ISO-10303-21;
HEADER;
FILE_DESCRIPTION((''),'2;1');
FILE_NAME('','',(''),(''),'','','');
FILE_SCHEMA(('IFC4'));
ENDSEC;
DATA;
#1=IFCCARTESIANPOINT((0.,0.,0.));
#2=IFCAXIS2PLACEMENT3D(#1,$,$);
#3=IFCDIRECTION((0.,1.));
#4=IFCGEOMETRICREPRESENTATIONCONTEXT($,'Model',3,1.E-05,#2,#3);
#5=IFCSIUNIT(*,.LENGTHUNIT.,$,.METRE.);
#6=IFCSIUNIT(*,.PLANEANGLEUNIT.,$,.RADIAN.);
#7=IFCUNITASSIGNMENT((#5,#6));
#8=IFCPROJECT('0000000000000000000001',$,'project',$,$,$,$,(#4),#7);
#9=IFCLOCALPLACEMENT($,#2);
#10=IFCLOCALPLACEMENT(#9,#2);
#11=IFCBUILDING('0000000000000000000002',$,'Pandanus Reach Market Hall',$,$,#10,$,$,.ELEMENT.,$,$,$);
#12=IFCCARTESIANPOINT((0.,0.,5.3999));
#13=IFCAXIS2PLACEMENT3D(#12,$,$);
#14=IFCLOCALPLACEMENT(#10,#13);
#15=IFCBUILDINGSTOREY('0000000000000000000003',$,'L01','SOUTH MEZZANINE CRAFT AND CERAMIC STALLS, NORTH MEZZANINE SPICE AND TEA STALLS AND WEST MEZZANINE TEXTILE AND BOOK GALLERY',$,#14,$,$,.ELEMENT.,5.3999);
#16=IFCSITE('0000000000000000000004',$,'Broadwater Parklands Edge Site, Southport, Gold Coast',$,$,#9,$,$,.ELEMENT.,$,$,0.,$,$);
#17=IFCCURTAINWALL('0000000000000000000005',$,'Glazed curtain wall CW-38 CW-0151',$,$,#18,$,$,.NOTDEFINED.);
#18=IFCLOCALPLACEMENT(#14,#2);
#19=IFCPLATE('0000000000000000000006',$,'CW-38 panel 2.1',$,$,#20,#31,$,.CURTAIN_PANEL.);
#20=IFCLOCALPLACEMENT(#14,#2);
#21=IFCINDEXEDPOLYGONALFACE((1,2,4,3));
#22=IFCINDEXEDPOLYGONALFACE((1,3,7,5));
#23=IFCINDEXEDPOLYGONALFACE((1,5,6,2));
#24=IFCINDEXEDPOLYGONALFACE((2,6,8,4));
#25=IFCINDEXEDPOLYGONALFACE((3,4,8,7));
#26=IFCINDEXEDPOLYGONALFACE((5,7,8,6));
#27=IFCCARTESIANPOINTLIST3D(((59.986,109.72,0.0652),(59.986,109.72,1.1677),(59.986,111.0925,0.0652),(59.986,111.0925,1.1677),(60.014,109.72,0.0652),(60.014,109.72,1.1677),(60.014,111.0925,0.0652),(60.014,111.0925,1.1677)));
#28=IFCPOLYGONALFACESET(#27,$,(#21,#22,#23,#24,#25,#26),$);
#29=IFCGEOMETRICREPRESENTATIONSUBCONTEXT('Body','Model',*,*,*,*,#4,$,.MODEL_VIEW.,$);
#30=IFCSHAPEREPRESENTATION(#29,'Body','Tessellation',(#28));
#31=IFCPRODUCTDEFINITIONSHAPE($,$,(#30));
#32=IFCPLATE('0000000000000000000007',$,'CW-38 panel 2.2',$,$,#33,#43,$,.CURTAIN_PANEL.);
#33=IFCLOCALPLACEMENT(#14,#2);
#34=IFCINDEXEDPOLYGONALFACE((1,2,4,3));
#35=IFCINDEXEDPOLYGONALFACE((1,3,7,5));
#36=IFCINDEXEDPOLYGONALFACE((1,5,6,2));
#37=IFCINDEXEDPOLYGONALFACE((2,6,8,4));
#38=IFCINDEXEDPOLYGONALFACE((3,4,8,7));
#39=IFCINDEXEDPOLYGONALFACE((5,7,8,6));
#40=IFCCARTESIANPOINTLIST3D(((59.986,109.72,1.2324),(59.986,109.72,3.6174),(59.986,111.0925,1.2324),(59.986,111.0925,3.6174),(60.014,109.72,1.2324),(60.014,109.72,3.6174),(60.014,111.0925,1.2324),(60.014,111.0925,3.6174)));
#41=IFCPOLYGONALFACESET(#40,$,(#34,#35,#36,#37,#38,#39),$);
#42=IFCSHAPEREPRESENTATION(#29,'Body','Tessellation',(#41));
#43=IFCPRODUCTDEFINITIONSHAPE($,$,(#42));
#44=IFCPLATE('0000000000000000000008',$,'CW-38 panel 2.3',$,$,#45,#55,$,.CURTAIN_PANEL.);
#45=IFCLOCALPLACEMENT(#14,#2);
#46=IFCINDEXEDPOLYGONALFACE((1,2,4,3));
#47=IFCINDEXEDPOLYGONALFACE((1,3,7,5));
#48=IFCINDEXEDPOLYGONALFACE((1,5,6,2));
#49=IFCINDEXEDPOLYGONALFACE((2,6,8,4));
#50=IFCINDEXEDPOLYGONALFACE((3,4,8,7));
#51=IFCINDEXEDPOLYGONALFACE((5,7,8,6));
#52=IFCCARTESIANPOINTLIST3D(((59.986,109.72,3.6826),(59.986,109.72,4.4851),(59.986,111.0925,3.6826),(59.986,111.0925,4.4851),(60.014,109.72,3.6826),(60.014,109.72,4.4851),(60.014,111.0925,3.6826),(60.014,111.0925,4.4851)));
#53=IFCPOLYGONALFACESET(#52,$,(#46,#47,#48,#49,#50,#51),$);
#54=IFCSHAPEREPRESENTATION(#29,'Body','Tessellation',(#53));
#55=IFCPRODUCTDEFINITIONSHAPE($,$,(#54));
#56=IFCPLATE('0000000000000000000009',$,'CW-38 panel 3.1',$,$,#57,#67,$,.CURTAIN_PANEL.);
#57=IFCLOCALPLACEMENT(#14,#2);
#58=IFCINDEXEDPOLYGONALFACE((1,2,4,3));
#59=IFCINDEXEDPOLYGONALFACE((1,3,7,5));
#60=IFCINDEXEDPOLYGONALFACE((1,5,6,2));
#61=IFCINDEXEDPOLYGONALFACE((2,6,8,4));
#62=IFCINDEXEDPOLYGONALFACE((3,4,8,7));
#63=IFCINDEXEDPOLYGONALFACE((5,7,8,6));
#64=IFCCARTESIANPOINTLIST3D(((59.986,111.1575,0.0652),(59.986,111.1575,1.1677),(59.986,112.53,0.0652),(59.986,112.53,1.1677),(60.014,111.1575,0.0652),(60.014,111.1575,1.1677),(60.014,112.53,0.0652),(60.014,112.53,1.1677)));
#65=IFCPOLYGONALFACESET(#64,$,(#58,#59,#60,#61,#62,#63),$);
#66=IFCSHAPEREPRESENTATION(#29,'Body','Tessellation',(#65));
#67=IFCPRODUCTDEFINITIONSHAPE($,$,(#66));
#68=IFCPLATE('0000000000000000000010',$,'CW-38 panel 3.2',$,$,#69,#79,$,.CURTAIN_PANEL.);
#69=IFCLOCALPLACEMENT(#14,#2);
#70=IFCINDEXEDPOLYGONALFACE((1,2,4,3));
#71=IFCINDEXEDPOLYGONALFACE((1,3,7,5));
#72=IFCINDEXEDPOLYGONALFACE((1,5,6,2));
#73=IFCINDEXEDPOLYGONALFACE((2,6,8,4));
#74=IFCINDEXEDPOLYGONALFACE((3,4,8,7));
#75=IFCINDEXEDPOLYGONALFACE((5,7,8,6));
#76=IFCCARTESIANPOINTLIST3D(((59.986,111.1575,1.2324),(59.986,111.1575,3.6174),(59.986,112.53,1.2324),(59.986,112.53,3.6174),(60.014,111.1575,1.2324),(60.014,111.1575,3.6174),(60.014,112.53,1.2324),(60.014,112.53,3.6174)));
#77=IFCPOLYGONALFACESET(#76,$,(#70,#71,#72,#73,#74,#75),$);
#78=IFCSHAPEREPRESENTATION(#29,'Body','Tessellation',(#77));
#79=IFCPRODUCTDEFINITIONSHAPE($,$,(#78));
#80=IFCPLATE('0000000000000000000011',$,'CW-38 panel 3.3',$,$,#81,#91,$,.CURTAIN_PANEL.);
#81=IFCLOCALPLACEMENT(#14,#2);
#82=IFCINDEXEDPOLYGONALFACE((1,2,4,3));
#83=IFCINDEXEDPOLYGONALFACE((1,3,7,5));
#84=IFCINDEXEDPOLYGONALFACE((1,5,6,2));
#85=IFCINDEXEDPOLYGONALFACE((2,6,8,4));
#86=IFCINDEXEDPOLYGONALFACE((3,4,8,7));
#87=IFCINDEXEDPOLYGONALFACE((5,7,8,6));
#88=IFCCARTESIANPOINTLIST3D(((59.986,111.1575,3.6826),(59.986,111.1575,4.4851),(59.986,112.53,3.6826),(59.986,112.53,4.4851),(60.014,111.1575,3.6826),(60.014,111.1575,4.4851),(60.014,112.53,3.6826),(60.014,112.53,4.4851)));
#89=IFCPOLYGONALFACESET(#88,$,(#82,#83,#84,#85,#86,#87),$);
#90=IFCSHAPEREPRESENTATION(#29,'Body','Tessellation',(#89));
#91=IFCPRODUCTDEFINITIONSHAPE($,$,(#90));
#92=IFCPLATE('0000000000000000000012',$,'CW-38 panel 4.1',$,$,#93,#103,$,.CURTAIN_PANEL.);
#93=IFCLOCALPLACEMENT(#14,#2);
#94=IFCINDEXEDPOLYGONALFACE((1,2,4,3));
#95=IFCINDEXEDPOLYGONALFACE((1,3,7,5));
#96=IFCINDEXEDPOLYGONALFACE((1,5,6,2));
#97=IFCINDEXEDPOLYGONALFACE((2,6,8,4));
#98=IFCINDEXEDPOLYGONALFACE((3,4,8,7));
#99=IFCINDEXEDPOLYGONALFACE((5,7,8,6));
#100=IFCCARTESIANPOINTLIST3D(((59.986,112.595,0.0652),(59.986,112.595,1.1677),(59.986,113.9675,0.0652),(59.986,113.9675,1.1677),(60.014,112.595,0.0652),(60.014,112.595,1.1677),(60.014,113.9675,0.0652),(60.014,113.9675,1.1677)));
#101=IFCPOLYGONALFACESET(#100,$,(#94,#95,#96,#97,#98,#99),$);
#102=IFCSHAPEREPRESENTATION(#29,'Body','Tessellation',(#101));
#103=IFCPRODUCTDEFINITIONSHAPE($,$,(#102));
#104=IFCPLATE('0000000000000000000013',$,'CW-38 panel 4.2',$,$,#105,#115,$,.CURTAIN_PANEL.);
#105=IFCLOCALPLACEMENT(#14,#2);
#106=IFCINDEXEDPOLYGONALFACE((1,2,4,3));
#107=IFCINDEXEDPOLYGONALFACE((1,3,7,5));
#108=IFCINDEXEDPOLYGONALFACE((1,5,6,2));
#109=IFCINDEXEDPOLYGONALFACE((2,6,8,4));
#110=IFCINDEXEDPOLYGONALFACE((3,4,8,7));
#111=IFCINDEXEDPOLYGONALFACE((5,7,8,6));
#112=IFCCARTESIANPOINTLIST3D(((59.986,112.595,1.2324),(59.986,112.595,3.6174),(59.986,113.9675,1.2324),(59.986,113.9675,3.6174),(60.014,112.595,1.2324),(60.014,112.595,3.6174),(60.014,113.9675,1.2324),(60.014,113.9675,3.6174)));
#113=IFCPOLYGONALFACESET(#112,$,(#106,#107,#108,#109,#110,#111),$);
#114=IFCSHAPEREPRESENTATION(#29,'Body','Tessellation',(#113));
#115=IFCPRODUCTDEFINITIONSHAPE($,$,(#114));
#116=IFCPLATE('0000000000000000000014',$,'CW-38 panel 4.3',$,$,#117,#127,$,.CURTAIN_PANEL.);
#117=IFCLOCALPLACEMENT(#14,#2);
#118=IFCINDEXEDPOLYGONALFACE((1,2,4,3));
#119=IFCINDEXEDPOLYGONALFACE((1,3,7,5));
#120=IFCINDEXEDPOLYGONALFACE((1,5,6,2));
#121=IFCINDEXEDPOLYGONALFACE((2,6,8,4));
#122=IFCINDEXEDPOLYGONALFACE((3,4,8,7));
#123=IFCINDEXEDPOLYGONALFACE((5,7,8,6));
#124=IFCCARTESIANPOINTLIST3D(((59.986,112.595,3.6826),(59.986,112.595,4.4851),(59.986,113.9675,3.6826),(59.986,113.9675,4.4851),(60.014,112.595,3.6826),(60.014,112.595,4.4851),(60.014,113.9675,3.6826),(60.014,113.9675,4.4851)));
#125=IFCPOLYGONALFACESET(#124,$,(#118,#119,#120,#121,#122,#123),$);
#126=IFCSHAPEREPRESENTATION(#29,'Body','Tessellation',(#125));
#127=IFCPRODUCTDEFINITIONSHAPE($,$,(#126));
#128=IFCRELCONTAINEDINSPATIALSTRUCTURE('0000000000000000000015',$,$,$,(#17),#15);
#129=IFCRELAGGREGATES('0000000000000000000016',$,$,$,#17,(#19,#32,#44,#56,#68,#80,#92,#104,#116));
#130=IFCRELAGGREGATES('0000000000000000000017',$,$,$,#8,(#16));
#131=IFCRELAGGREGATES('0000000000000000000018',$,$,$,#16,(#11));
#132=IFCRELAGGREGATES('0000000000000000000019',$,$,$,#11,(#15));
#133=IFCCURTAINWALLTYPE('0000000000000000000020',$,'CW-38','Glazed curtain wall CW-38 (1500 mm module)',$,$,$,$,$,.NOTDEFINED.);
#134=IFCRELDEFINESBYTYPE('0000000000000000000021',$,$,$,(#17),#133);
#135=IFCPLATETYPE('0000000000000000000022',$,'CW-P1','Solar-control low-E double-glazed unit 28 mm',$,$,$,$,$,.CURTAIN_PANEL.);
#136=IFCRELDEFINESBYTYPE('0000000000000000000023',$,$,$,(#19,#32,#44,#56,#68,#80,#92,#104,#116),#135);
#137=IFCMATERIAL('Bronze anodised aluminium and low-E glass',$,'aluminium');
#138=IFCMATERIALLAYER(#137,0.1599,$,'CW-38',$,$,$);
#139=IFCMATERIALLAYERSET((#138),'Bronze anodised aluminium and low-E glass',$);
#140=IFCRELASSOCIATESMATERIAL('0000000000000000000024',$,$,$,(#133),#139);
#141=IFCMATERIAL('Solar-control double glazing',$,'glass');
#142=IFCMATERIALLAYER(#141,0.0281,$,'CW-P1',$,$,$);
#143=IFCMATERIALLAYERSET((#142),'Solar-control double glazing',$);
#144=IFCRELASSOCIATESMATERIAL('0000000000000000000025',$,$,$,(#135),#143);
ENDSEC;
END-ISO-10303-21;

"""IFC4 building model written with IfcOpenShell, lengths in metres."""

from ifc_helpers import new_model, si_unit, direction, frame, origin, origin_2d, place, context, subcontext, project, spatial, rectangle, extrude, material, layer, layer_set, type_object, element, aggregate, save


model = new_model("IFC4")

# Units and contexts
model_context = context("Model", 3, precision=1e-05, world=origin(), true_north=direction((0.0, 1.0)))
body_context = subcontext(model_context, "Body", "Model", "MODEL_VIEW")
ifc_project = project(units=[si_unit("LENGTHUNIT", "METRE"), si_unit("PLANEANGLEUNIT", "RADIAN")], contexts=[model_context])

# Site, building, storey
site_placement = place(None, origin())
site = spatial("IfcSite", under=ifc_project, at=site_placement, Name="Broadwater Parklands Edge Site, Southport, Gold Coast", CompositionType="ELEMENT", RefElevation=0.0)
building_placement = place(site_placement, origin())
building = spatial("IfcBuilding", under=site, at=building_placement, Name="Pandanus Reach Market Hall", CompositionType="ELEMENT")
storey_placement = place(building_placement, frame((0.0, 0.0, 5.3999)))
storey = spatial("IfcBuildingStorey", under=building, at=storey_placement, Name="L01", Description="SOUTH MEZZANINE CRAFT AND CERAMIC STALLS, NORTH MEZZANINE SPICE AND TEA STALLS AND WEST MEZZANINE TEXTILE AND BOOK GALLERY", CompositionType="ELEMENT", Elevation=5.3999)

# Curtain wall, plates
ifc_material_1 = material(Name="Bronze anodised aluminium and low-E glass", Category="aluminium")
ifc_layer_1 = layer(ifc_material_1, 0.1599, Name="CW-38")
ifc_layer_set_1 = layer_set([ifc_layer_1], Name="Bronze anodised aluminium and low-E glass")
curtain_wall_type = type_object("IfcCurtainWallType", Name="CW-38", Description="Glazed curtain wall CW-38 (1500 mm module)", PredefinedType="NOTDEFINED", material=ifc_layer_set_1)
curtain_wall_placement = place(storey_placement, origin())
curtain_wall = element("IfcCurtainWall", 1, at=curtain_wall_placement, inside=storey, type_object=curtain_wall_type, Name="Glazed curtain wall CW-38 CW-0151", PredefinedType="NOTDEFINED")
ifc_material_2 = material(Name="Solar-control double glazing", Category="glass")
ifc_layer_2 = layer(ifc_material_2, 0.0281, Name="CW-P1")
ifc_layer_set_2 = layer_set([ifc_layer_2], Name="Solar-control double glazing")
plate_type = type_object("IfcPlateType", Name="CW-P1", Description="Solar-control low-E double-glazed unit 28 mm", PredefinedType="CURTAIN_PANEL", material=ifc_layer_set_2)
plate_1_placement = place(storey_placement, frame((60.0, 110.4062, 0.0652), z_axis=(0.0, 0.0, 1.0), x_axis=(0.0, 1.0, 0.0)))
plate_1 = element("IfcPlate", 2, at=plate_1_placement, type_object=plate_type, Name="CW-38 panel 2.1", PredefinedType="CURTAIN_PANEL", context=body_context, shape_type="SweptSolid", body=[
    extrude(rectangle(XDim=1.3726, YDim=0.0281, at=origin_2d()), origin(), (0.0, 0.0, 1.0), 1.1025),
])
plate_2_placement = place(storey_placement, frame((60.0, 110.4062, 1.2324), z_axis=(0.0, 0.0, 1.0), x_axis=(0.0, 1.0, 0.0)))
plate_2 = element("IfcPlate", 3, at=plate_2_placement, type_object=plate_type, Name="CW-38 panel 2.2", PredefinedType="CURTAIN_PANEL", context=body_context, shape_type="SweptSolid", body=[
    extrude(rectangle(XDim=1.3726, YDim=0.0281, at=origin_2d()), origin(), (0.0, 0.0, 1.0), 2.385),
])
plate_3_placement = place(storey_placement, frame((60.0, 110.4062, 3.6826), z_axis=(0.0, 0.0, 1.0), x_axis=(0.0, 1.0, 0.0)))
plate_3 = element("IfcPlate", 4, at=plate_3_placement, type_object=plate_type, Name="CW-38 panel 2.3", PredefinedType="CURTAIN_PANEL", context=body_context, shape_type="SweptSolid", body=[
    extrude(rectangle(XDim=1.3726, YDim=0.0281, at=origin_2d()), origin(), (0.0, 0.0, 1.0), 0.8025),
])
plate_4_placement = place(storey_placement, frame((60.0, 111.8438, 0.0652), z_axis=(0.0, 0.0, 1.0), x_axis=(0.0, 1.0, 0.0)))
plate_4 = element("IfcPlate", 5, at=plate_4_placement, type_object=plate_type, Name="CW-38 panel 3.1", PredefinedType="CURTAIN_PANEL", context=body_context, shape_type="SweptSolid", body=[
    extrude(rectangle(XDim=1.3726, YDim=0.0281, at=origin_2d()), origin(), (0.0, 0.0, 1.0), 1.1025),
])
plate_5_placement = place(storey_placement, frame((60.0, 111.8438, 1.2324), z_axis=(0.0, 0.0, 1.0), x_axis=(0.0, 1.0, 0.0)))
plate_5 = element("IfcPlate", 6, at=plate_5_placement, type_object=plate_type, Name="CW-38 panel 3.2", PredefinedType="CURTAIN_PANEL", context=body_context, shape_type="SweptSolid", body=[
    extrude(rectangle(XDim=1.3726, YDim=0.0281, at=origin_2d()), origin(), (0.0, 0.0, 1.0), 2.385),
])
plate_6_placement = place(storey_placement, frame((60.0, 111.8438, 3.6826), z_axis=(0.0, 0.0, 1.0), x_axis=(0.0, 1.0, 0.0)))
plate_6 = element("IfcPlate", 7, at=plate_6_placement, type_object=plate_type, Name="CW-38 panel 3.3", PredefinedType="CURTAIN_PANEL", context=body_context, shape_type="SweptSolid", body=[
    extrude(rectangle(XDim=1.3726, YDim=0.0281, at=origin_2d()), origin(), (0.0, 0.0, 1.0), 0.8025),
])
plate_7_placement = place(storey_placement, frame((60.0, 113.2812, 0.0652), z_axis=(0.0, 0.0, 1.0), x_axis=(0.0, 1.0, 0.0)))
plate_7 = element("IfcPlate", 8, at=plate_7_placement, type_object=plate_type, Name="CW-38 panel 4.1", PredefinedType="CURTAIN_PANEL", context=body_context, shape_type="SweptSolid", body=[
    extrude(rectangle(XDim=1.3726, YDim=0.0281, at=origin_2d()), origin(), (0.0, 0.0, 1.0), 1.1025),
])
plate_8_placement = place(storey_placement, frame((60.0, 113.2812, 1.2324), z_axis=(0.0, 0.0, 1.0), x_axis=(0.0, 1.0, 0.0)))
plate_8 = element("IfcPlate", 9, at=plate_8_placement, type_object=plate_type, Name="CW-38 panel 4.2", PredefinedType="CURTAIN_PANEL", context=body_context, shape_type="SweptSolid", body=[
    extrude(rectangle(XDim=1.3726, YDim=0.0281, at=origin_2d()), origin(), (0.0, 0.0, 1.0), 2.385),
])
plate_9_placement = place(storey_placement, frame((60.0, 113.2812, 3.6826), z_axis=(0.0, 0.0, 1.0), x_axis=(0.0, 1.0, 0.0)))
plate_9 = element("IfcPlate", 10, at=plate_9_placement, type_object=plate_type, Name="CW-38 panel 4.3", PredefinedType="CURTAIN_PANEL", context=body_context, shape_type="SweptSolid", body=[
    extrude(rectangle(XDim=1.3726, YDim=0.0281, at=origin_2d()), origin(), (0.0, 0.0, 1.0), 0.8025),
])
aggregate(curtain_wall, [plate_1, plate_2, plate_3, plate_4, plate_5, plate_6, plate_7, plate_8, plate_9])

save(model, "model.ifc")
